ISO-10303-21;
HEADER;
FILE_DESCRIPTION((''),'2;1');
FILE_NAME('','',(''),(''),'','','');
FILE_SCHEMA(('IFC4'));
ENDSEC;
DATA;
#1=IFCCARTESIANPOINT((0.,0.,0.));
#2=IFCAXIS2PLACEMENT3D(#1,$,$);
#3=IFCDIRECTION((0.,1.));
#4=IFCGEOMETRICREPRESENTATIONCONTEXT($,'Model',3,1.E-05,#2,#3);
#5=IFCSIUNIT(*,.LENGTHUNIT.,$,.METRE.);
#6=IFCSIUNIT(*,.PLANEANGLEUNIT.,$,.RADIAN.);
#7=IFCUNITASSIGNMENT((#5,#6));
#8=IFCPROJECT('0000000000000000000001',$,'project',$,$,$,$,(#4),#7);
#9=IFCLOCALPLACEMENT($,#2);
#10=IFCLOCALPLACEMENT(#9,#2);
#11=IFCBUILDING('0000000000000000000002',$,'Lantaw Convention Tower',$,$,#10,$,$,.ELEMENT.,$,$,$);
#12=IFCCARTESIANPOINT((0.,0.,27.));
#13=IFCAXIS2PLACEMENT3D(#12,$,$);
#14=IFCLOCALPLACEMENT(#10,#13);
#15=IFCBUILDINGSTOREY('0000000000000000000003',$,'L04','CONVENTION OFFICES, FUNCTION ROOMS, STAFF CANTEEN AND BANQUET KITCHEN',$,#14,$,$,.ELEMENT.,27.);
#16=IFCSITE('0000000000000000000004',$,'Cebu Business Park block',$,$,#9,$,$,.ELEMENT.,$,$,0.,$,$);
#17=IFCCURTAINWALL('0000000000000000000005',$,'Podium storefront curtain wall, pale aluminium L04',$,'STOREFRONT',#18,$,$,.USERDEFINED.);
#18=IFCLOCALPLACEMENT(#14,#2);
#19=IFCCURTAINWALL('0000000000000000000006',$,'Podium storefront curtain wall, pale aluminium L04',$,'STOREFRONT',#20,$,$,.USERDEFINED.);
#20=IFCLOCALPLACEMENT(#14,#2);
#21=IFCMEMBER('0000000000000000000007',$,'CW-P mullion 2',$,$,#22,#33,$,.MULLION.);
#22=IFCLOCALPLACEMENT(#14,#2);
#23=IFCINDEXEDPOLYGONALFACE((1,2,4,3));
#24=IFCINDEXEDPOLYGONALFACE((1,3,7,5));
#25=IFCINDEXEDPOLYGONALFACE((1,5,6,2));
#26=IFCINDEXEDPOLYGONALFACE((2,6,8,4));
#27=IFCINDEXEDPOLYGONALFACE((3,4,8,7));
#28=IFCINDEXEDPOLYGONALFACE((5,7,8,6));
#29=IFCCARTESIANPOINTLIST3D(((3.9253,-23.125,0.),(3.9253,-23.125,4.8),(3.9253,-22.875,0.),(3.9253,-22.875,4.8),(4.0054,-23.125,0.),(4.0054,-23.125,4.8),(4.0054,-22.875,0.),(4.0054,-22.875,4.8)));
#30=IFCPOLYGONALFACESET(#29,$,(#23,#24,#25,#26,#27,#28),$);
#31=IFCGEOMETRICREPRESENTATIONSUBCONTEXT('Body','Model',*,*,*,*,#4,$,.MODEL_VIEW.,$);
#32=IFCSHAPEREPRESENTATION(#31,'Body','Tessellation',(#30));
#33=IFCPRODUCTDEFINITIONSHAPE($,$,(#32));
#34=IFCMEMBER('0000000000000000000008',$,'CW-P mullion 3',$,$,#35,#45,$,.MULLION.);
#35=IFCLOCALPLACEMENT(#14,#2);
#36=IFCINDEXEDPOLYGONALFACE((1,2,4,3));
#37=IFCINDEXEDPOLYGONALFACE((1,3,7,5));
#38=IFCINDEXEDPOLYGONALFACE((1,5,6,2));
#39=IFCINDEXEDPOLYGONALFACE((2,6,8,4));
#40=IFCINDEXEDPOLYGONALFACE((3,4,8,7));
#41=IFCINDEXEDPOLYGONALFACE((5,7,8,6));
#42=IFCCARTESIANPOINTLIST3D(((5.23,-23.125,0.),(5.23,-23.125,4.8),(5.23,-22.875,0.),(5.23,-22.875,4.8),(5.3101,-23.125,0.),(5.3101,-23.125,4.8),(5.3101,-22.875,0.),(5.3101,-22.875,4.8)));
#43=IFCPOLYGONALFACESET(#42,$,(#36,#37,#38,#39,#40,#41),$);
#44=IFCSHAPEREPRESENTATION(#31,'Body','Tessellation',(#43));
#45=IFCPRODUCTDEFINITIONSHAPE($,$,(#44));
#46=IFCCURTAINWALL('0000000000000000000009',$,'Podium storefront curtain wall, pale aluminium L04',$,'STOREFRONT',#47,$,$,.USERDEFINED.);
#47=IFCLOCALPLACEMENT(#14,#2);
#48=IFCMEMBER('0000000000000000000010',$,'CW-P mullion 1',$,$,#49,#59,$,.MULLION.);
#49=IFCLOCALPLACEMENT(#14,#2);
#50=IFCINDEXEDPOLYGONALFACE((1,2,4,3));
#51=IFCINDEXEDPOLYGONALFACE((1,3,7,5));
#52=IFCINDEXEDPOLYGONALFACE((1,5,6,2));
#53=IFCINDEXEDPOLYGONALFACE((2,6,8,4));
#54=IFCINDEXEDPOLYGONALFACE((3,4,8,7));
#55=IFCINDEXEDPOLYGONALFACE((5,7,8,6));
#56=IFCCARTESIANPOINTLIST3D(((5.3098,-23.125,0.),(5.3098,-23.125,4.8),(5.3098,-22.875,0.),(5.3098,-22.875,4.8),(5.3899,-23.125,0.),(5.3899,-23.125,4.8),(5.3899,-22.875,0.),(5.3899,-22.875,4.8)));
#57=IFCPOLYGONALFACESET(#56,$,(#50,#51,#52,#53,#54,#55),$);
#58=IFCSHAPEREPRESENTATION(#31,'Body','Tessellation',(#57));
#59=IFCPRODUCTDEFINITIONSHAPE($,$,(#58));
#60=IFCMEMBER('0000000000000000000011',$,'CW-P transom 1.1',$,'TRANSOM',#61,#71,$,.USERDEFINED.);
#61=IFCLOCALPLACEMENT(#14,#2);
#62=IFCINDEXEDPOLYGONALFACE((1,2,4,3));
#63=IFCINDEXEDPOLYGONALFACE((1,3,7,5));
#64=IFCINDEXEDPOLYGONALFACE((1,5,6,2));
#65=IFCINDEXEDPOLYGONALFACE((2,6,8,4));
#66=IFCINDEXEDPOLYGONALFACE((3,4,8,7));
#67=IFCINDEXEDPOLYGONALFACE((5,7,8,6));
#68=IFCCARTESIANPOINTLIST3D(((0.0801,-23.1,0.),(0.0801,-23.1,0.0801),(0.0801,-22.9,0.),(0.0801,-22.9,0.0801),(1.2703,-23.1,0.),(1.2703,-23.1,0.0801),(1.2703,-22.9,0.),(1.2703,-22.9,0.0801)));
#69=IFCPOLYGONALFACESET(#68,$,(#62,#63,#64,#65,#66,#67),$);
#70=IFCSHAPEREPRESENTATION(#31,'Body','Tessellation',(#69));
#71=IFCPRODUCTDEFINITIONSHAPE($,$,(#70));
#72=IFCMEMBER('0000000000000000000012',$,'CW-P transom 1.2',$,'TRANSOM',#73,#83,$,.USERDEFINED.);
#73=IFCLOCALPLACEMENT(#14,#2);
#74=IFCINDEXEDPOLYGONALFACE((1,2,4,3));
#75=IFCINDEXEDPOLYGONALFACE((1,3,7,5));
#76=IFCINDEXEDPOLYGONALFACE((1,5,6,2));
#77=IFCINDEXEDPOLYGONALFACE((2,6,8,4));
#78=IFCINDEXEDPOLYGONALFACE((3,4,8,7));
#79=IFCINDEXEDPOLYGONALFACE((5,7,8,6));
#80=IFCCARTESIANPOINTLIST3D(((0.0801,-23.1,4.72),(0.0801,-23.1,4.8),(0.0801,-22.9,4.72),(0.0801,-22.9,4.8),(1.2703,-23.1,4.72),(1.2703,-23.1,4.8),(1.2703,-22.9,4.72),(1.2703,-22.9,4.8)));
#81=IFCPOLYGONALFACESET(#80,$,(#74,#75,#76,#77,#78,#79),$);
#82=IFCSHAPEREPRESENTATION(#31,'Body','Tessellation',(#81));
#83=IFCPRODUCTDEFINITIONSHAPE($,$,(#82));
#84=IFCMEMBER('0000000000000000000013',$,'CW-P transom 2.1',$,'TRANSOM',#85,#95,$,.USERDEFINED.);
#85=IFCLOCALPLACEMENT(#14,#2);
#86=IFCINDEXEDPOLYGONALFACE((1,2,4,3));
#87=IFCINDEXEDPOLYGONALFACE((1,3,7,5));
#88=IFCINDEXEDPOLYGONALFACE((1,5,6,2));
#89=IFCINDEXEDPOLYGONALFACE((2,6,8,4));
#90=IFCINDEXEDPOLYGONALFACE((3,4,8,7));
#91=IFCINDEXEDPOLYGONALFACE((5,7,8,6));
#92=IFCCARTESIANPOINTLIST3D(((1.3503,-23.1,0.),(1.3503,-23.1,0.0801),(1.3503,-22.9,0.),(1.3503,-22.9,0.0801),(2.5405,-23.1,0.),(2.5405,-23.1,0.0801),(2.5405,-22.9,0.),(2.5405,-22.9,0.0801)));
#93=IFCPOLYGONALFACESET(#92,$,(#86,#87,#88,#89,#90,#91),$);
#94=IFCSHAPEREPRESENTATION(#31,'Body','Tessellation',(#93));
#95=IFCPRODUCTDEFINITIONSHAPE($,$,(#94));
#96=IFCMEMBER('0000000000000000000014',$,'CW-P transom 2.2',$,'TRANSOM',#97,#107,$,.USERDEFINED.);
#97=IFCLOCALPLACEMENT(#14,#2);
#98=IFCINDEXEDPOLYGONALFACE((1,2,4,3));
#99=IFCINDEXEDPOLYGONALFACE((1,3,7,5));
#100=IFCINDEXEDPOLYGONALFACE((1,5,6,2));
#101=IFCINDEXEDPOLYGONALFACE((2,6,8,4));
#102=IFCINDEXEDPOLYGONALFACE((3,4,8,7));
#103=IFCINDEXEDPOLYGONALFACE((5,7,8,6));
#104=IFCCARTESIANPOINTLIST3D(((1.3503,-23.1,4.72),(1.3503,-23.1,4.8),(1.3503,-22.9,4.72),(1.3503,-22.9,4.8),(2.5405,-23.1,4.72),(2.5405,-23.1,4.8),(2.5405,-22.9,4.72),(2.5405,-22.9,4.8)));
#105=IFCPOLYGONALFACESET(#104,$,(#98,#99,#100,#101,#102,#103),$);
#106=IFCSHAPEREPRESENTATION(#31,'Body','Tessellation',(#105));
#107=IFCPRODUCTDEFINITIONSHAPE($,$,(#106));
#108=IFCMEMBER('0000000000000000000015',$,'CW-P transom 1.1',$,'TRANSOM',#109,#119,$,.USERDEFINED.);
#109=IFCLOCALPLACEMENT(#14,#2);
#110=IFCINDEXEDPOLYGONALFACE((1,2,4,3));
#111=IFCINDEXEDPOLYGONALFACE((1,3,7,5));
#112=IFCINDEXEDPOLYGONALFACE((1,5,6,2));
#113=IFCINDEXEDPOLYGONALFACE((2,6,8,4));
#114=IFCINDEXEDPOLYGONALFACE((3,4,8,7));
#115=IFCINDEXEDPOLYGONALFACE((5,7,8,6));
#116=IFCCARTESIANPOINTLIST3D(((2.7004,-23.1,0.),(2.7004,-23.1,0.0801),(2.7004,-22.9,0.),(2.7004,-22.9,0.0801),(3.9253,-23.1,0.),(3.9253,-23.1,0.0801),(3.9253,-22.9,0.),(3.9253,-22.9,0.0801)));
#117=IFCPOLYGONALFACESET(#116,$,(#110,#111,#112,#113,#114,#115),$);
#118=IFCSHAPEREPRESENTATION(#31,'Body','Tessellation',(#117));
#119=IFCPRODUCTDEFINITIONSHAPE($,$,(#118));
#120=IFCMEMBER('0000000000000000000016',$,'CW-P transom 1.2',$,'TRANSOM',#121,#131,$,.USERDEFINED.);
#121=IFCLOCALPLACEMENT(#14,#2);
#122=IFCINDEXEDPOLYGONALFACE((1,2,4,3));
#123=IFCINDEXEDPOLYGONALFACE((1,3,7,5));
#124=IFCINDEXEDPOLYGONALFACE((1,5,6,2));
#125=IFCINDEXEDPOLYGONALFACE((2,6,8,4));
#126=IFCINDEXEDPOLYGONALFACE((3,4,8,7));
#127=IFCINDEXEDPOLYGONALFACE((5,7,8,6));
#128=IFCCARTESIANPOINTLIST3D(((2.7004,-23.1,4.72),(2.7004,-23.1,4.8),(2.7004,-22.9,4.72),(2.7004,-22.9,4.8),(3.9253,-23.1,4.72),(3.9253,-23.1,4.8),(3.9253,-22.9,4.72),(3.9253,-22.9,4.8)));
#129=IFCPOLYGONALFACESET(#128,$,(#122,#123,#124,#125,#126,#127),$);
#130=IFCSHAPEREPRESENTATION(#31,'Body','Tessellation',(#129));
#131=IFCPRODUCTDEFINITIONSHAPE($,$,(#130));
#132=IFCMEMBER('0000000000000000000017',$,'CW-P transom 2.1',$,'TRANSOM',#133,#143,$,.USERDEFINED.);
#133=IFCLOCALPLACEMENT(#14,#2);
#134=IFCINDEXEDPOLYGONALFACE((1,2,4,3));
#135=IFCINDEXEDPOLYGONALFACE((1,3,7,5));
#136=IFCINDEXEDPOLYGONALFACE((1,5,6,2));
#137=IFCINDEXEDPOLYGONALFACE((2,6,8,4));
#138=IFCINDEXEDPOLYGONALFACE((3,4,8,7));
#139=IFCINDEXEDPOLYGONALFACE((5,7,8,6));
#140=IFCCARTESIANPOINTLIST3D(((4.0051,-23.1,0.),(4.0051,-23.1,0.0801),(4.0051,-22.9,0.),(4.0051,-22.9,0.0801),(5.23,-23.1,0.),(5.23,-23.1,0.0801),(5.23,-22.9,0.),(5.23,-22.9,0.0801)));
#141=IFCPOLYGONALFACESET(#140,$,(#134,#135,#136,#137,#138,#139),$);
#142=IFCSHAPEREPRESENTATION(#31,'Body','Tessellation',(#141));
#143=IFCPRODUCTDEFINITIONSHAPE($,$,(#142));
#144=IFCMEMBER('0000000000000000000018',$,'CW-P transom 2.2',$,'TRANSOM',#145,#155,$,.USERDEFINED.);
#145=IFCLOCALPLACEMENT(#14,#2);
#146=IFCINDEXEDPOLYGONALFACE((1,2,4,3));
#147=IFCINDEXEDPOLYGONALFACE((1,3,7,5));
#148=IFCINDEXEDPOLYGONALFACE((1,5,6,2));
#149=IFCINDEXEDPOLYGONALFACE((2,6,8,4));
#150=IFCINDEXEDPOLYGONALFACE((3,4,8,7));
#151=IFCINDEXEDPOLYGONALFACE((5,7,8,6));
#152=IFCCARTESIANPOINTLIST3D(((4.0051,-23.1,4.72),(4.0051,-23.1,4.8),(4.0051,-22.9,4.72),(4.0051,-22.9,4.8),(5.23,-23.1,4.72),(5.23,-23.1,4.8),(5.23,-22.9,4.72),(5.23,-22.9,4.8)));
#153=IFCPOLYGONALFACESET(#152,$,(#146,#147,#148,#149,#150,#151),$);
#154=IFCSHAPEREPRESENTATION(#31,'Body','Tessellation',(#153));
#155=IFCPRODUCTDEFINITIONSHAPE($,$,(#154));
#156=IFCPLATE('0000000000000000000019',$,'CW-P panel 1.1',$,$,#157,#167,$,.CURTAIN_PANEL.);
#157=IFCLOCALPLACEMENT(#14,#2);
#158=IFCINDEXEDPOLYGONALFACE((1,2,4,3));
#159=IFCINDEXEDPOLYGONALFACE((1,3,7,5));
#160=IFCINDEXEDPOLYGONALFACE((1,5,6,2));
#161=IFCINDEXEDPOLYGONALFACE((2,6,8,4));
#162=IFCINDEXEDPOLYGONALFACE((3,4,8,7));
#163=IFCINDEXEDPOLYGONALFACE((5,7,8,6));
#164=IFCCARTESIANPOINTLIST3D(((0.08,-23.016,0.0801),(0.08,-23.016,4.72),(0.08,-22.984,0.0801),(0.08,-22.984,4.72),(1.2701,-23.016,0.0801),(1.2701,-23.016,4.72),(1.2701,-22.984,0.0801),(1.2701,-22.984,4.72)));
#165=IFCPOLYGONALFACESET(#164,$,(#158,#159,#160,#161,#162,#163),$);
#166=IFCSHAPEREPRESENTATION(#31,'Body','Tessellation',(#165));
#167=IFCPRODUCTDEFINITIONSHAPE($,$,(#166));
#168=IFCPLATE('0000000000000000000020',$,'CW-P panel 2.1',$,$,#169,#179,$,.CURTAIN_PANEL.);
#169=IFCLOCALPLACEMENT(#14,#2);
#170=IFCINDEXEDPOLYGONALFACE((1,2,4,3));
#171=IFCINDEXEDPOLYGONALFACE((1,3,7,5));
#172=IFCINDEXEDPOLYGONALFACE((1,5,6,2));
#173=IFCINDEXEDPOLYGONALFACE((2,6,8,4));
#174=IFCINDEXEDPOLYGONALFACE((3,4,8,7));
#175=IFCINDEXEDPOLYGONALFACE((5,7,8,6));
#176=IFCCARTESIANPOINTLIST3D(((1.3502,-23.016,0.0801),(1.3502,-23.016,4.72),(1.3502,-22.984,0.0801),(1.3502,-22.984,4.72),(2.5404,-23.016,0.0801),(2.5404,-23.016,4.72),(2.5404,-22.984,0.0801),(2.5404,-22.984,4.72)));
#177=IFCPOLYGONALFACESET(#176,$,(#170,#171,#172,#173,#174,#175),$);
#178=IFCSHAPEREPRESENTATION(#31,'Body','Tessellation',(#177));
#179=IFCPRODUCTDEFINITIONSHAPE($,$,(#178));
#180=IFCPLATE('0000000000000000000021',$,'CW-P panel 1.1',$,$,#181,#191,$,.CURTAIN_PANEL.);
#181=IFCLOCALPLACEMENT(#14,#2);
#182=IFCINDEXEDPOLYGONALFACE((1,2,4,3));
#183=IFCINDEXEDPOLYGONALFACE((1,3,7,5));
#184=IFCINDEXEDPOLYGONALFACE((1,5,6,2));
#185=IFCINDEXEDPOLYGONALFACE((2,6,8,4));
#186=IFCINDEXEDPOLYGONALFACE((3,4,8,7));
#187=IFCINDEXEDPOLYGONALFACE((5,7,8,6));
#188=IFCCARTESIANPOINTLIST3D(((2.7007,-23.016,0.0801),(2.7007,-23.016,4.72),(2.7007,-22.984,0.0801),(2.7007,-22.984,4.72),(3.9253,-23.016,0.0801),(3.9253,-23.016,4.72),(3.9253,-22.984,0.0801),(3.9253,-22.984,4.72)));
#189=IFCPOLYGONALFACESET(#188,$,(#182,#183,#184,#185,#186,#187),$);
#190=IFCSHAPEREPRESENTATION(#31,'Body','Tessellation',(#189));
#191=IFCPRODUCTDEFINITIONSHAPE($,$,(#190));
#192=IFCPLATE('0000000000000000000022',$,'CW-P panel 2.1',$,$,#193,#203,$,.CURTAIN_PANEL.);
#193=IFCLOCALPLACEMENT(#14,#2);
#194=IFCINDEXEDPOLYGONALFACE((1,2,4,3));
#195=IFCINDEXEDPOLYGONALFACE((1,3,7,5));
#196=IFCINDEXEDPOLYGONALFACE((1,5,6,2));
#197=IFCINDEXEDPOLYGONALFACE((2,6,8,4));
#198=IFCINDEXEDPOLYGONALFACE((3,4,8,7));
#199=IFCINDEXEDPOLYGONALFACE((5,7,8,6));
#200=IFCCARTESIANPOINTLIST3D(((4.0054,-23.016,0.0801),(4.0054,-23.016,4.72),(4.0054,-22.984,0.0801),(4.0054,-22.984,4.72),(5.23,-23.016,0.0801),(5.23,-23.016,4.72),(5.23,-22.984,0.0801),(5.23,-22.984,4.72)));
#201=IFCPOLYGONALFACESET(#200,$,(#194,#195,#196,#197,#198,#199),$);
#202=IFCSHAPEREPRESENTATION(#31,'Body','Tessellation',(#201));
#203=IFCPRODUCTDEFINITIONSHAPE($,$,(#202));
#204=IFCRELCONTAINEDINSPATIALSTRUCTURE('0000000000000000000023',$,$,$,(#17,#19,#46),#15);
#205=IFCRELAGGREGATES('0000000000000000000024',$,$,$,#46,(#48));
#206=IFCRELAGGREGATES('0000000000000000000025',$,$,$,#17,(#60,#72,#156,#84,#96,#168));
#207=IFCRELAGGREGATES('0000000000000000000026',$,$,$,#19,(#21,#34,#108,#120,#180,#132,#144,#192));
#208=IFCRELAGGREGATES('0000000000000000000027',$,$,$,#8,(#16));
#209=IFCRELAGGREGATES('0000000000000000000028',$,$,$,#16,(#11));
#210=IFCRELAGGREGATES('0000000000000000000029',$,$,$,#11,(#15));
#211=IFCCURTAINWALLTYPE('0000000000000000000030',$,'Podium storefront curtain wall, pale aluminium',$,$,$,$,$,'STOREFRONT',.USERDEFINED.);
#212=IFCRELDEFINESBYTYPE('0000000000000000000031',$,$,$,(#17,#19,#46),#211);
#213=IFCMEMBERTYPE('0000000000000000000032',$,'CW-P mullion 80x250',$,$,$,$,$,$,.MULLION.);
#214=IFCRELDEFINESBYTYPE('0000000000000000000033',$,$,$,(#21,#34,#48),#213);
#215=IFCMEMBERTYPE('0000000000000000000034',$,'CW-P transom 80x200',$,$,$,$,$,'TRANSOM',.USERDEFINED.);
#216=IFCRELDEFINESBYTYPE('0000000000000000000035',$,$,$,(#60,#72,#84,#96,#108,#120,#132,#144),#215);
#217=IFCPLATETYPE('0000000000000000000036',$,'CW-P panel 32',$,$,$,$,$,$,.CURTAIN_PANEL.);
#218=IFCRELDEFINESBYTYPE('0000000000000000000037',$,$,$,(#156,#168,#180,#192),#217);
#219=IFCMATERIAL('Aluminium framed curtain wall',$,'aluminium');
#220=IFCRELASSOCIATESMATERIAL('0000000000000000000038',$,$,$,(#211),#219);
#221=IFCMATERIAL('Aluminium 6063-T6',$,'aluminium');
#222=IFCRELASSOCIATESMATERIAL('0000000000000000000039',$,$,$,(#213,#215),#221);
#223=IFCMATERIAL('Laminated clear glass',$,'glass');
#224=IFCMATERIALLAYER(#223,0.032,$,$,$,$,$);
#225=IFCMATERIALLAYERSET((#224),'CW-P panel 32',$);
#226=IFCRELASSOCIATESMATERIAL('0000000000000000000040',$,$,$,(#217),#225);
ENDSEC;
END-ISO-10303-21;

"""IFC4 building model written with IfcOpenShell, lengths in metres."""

from ifc_helpers import new_model, si_unit, direction, frame, origin, origin_2d, place, context, subcontext, project, spatial, rectangle, extrude, material, layer, layer_set, material_profile, profile_set, type_object, element, aggregate, save


model = new_model("IFC4")

# Units and contexts
model_context = context("Model", 3, precision=1e-05, world=origin(), true_north=direction((0.0, 1.0)))
body_context = subcontext(model_context, "Body", "Model", "MODEL_VIEW")
ifc_project = project(units=[si_unit("LENGTHUNIT", "METRE"), si_unit("PLANEANGLEUNIT", "RADIAN")], contexts=[model_context])

# Site, building, storey
site_placement = place(None, origin())
site = spatial("IfcSite", under=ifc_project, at=site_placement, Name="Cebu Business Park block", CompositionType="ELEMENT", RefElevation=0.0)
building_placement = place(site_placement, origin())
building = spatial("IfcBuilding", under=site, at=building_placement, Name="Lantaw Convention Tower", CompositionType="ELEMENT")
storey_placement = place(building_placement, frame((0.0, 0.0, 27.0)))
storey = spatial("IfcBuildingStorey", under=building, at=storey_placement, Name="L04", Description="CONVENTION OFFICES, FUNCTION ROOMS, STAFF CANTEEN AND BANQUET KITCHEN", CompositionType="ELEMENT", Elevation=27.0)

# Curtain walls, members
ifc_material_1 = material(Name="Aluminium framed curtain wall", Category="aluminium")
curtain_wall_type = type_object("IfcCurtainWallType", Name="Podium storefront curtain wall, pale aluminium", ElementType="STOREFRONT", PredefinedType="USERDEFINED", material=ifc_material_1)
curtain_wall_1_placement = place(storey_placement, origin())
curtain_wall_1 = element("IfcCurtainWall", 1, at=curtain_wall_1_placement, inside=storey, type_object=curtain_wall_type, Name="Podium storefront curtain wall, pale aluminium L04", ObjectType="STOREFRONT", PredefinedType="USERDEFINED")
ifc_material_2 = material(Name="Aluminium 6063-T6", Category="aluminium")
ifc_material_profile_1 = material_profile(ifc_material_2, rectangle(XDim=0.25, YDim=0.0801, at=origin_2d()), Name="CW-P mullion 80x250")
ifc_profile_set_1 = profile_set([ifc_material_profile_1], Name="Aluminium 6063-T6")
member_type_1 = type_object("IfcMemberType", Name="CW-P mullion 80x250", PredefinedType="MULLION", material=ifc_profile_set_1)
curtain_wall_2_placement = place(storey_placement, origin())
curtain_wall_2 = element("IfcCurtainWall", 2, at=curtain_wall_2_placement, inside=storey, type_object=curtain_wall_type, Name="Podium storefront curtain wall, pale aluminium L04", ObjectType="STOREFRONT", PredefinedType="USERDEFINED")
member_1_placement = place(storey_placement, frame((3.9653, -23.0, 0.0), z_axis=(0.0, 0.0, 1.0), x_axis=(0.0, 1.0, 0.0)))
member_1 = element("IfcMember", 3, at=member_1_placement, type_object=member_type_1, Name="CW-P mullion 2", PredefinedType="MULLION", context=body_context, shape_type="SweptSolid", body=[
    extrude(rectangle(XDim=0.25, YDim=0.0801, at=origin_2d()), origin(), (0.0, 0.0, 1.0), 4.8),
])
member_2_placement = place(storey_placement, frame((5.27, -23.0, 0.0), z_axis=(0.0, 0.0, 1.0), x_axis=(0.0, 1.0, 0.0)))
member_2 = element("IfcMember", 4, at=member_2_placement, type_object=member_type_1, Name="CW-P mullion 3", PredefinedType="MULLION", context=body_context, shape_type="SweptSolid", body=[
    extrude(rectangle(XDim=0.25, YDim=0.0801, at=origin_2d()), origin(), (0.0, 0.0, 1.0), 4.8),
])

# Curtain wall, member
curtain_wall_3_placement = place(storey_placement, origin())
curtain_wall_3 = element("IfcCurtainWall", 5, at=curtain_wall_3_placement, inside=storey, type_object=curtain_wall_type, Name="Podium storefront curtain wall, pale aluminium L04", ObjectType="STOREFRONT", PredefinedType="USERDEFINED")
member_3_placement = place(storey_placement, frame((5.3499, -23.0, 0.0), z_axis=(0.0, 0.0, 1.0), x_axis=(0.0, 1.0, 0.0)))
member_3 = element("IfcMember", 6, at=member_3_placement, type_object=member_type_1, Name="CW-P mullion 1", PredefinedType="MULLION", context=body_context, shape_type="SweptSolid", body=[
    extrude(rectangle(XDim=0.25, YDim=0.0801, at=origin_2d()), origin(), (0.0, 0.0, 1.0), 4.8),
])
aggregate(curtain_wall_3, [member_3])

# Members
ifc_material_profile_2 = material_profile(ifc_material_2, rectangle(XDim=0.2, YDim=0.0801, at=origin_2d()), Name="CW-P transom 80x200")
ifc_profile_set_2 = profile_set([ifc_material_profile_2], Name="Aluminium 6063-T6")
member_type_2 = type_object("IfcMemberType", Name="CW-P transom 80x200", ElementType="TRANSOM", PredefinedType="USERDEFINED", material=ifc_profile_set_2)
member_4_placement = place(storey_placement, frame((0.0801, -23.0, 0.04), z_axis=(1.0, 0.0, 0.0), x_axis=(0.0, 1.0, 0.0)))
member_4 = element("IfcMember", 7, at=member_4_placement, type_object=member_type_2, Name="CW-P transom 1.1", ObjectType="TRANSOM", PredefinedType="USERDEFINED", context=body_context, shape_type="SweptSolid", body=[
    extrude(rectangle(XDim=0.2, YDim=0.0801, at=origin_2d()), origin(), (0.0, 0.0, 1.0), 1.1902),
])
member_5_placement = place(storey_placement, frame((0.0801, -23.0, 4.76), z_axis=(1.0, 0.0, 0.0), x_axis=(0.0, 1.0, 0.0)))
member_5 = element("IfcMember", 8, at=member_5_placement, type_object=member_type_2, Name="CW-P transom 1.2", ObjectType="TRANSOM", PredefinedType="USERDEFINED", context=body_context, shape_type="SweptSolid", body=[
    extrude(rectangle(XDim=0.2, YDim=0.0801, at=origin_2d()), origin(), (0.0, 0.0, 1.0), 1.1902),
])
member_6_placement = place(storey_placement, frame((1.3503, -23.0, 0.04), z_axis=(1.0, 0.0, 0.0), x_axis=(0.0, 1.0, 0.0)))
member_6 = element("IfcMember", 9, at=member_6_placement, type_object=member_type_2, Name="CW-P transom 2.1", ObjectType="TRANSOM", PredefinedType="USERDEFINED", context=body_context, shape_type="SweptSolid", body=[
    extrude(rectangle(XDim=0.2, YDim=0.0801, at=origin_2d()), origin(), (0.0, 0.0, 1.0), 1.1902),
])
member_7_placement = place(storey_placement, frame((1.3503, -23.0, 4.76), z_axis=(1.0, 0.0, 0.0), x_axis=(0.0, 1.0, 0.0)))
member_7 = element("IfcMember", 10, at=member_7_placement, type_object=member_type_2, Name="CW-P transom 2.2", ObjectType="TRANSOM", PredefinedType="USERDEFINED", context=body_context, shape_type="SweptSolid", body=[
    extrude(rectangle(XDim=0.2, YDim=0.0801, at=origin_2d()), origin(), (0.0, 0.0, 1.0), 1.1902),
])
member_8_placement = place(storey_placement, frame((2.7004, -23.0, 0.04), z_axis=(1.0, 0.0, 0.0), x_axis=(0.0, 1.0, 0.0)))
member_8 = element("IfcMember", 11, at=member_8_placement, type_object=member_type_2, Name="CW-P transom 1.1", ObjectType="TRANSOM", PredefinedType="USERDEFINED", context=body_context, shape_type="SweptSolid", body=[
    extrude(rectangle(XDim=0.2, YDim=0.0801, at=origin_2d()), origin(), (0.0, 0.0, 1.0), 1.2249),
])
member_9_placement = place(storey_placement, frame((2.7004, -23.0, 4.76), z_axis=(1.0, 0.0, 0.0), x_axis=(0.0, 1.0, 0.0)))
member_9 = element("IfcMember", 12, at=member_9_placement, type_object=member_type_2, Name="CW-P transom 1.2", ObjectType="TRANSOM", PredefinedType="USERDEFINED", context=body_context, shape_type="SweptSolid", body=[
    extrude(rectangle(XDim=0.2, YDim=0.0801, at=origin_2d()), origin(), (0.0, 0.0, 1.0), 1.2249),
])
member_10_placement = place(storey_placement, frame((4.0051, -23.0, 0.04), z_axis=(1.0, 0.0, 0.0), x_axis=(0.0, 1.0, 0.0)))
member_10 = element("IfcMember", 13, at=member_10_placement, type_object=member_type_2, Name="CW-P transom 2.1", ObjectType="TRANSOM", PredefinedType="USERDEFINED", context=body_context, shape_type="SweptSolid", body=[
    extrude(rectangle(XDim=0.2, YDim=0.0801, at=origin_2d()), origin(), (0.0, 0.0, 1.0), 1.2249),
])
member_11_placement = place(storey_placement, frame((4.0051, -23.0, 4.76), z_axis=(1.0, 0.0, 0.0), x_axis=(0.0, 1.0, 0.0)))
member_11 = element("IfcMember", 14, at=member_11_placement, type_object=member_type_2, Name="CW-P transom 2.2", ObjectType="TRANSOM", PredefinedType="USERDEFINED", context=body_context, shape_type="SweptSolid", body=[
    extrude(rectangle(XDim=0.2, YDim=0.0801, at=origin_2d()), origin(), (0.0, 0.0, 1.0), 1.2249),
])

# Plates
ifc_material_3 = material(Name="Laminated clear glass", Category="glass")
ifc_layer = layer(ifc_material_3, 0.032)
ifc_layer_set = layer_set([ifc_layer], Name="CW-P panel 32")
plate_type = type_object("IfcPlateType", Name="CW-P panel 32", PredefinedType="CURTAIN_PANEL", material=ifc_layer_set)
plate_1_placement = place(storey_placement, frame((0.675, -23.0, 0.0801), z_axis=(0.0, 0.0, 1.0), x_axis=(1.0, 0.0, 0.0)))
plate_1 = element("IfcPlate", 15, at=plate_1_placement, type_object=plate_type, Name="CW-P panel 1.1", PredefinedType="CURTAIN_PANEL", context=body_context, shape_type="SweptSolid", body=[
    extrude(rectangle(XDim=1.1902, YDim=0.032, at=origin_2d()), origin(), (0.0, 0.0, 1.0), 4.6399),
])
plate_2_placement = place(storey_placement, frame((1.9453, -23.0, 0.0801), z_axis=(0.0, 0.0, 1.0), x_axis=(1.0, 0.0, 0.0)))
plate_2 = element("IfcPlate", 16, at=plate_2_placement, type_object=plate_type, Name="CW-P panel 2.1", PredefinedType="CURTAIN_PANEL", context=body_context, shape_type="SweptSolid", body=[
    extrude(rectangle(XDim=1.1902, YDim=0.032, at=origin_2d()), origin(), (0.0, 0.0, 1.0), 4.6399),
])
aggregate(curtain_wall_1, [member_4, member_5, plate_1, member_6, member_7, plate_2])
plate_3_placement = place(storey_placement, frame((3.313, -23.0, 0.0801), z_axis=(0.0, 0.0, 1.0), x_axis=(1.0, 0.0, 0.0)))
plate_3 = element("IfcPlate", 17, at=plate_3_placement, type_object=plate_type, Name="CW-P panel 1.1", PredefinedType="CURTAIN_PANEL", context=body_context, shape_type="SweptSolid", body=[
    extrude(rectangle(XDim=1.2246, YDim=0.032, at=origin_2d()), origin(), (0.0, 0.0, 1.0), 4.6399),
])
plate_4_placement = place(storey_placement, frame((4.6177, -23.0, 0.0801), z_axis=(0.0, 0.0, 1.0), x_axis=(1.0, 0.0, 0.0)))
plate_4 = element("IfcPlate", 18, at=plate_4_placement, type_object=plate_type, Name="CW-P panel 2.1", PredefinedType="CURTAIN_PANEL", context=body_context, shape_type="SweptSolid", body=[
    extrude(rectangle(XDim=1.2246, YDim=0.032, at=origin_2d()), origin(), (0.0, 0.0, 1.0), 4.6399),
])
aggregate(curtain_wall_2, [member_1, member_2, member_8, member_9, plate_3, member_10, member_11, plate_4])

save(model, "model.ifc")
